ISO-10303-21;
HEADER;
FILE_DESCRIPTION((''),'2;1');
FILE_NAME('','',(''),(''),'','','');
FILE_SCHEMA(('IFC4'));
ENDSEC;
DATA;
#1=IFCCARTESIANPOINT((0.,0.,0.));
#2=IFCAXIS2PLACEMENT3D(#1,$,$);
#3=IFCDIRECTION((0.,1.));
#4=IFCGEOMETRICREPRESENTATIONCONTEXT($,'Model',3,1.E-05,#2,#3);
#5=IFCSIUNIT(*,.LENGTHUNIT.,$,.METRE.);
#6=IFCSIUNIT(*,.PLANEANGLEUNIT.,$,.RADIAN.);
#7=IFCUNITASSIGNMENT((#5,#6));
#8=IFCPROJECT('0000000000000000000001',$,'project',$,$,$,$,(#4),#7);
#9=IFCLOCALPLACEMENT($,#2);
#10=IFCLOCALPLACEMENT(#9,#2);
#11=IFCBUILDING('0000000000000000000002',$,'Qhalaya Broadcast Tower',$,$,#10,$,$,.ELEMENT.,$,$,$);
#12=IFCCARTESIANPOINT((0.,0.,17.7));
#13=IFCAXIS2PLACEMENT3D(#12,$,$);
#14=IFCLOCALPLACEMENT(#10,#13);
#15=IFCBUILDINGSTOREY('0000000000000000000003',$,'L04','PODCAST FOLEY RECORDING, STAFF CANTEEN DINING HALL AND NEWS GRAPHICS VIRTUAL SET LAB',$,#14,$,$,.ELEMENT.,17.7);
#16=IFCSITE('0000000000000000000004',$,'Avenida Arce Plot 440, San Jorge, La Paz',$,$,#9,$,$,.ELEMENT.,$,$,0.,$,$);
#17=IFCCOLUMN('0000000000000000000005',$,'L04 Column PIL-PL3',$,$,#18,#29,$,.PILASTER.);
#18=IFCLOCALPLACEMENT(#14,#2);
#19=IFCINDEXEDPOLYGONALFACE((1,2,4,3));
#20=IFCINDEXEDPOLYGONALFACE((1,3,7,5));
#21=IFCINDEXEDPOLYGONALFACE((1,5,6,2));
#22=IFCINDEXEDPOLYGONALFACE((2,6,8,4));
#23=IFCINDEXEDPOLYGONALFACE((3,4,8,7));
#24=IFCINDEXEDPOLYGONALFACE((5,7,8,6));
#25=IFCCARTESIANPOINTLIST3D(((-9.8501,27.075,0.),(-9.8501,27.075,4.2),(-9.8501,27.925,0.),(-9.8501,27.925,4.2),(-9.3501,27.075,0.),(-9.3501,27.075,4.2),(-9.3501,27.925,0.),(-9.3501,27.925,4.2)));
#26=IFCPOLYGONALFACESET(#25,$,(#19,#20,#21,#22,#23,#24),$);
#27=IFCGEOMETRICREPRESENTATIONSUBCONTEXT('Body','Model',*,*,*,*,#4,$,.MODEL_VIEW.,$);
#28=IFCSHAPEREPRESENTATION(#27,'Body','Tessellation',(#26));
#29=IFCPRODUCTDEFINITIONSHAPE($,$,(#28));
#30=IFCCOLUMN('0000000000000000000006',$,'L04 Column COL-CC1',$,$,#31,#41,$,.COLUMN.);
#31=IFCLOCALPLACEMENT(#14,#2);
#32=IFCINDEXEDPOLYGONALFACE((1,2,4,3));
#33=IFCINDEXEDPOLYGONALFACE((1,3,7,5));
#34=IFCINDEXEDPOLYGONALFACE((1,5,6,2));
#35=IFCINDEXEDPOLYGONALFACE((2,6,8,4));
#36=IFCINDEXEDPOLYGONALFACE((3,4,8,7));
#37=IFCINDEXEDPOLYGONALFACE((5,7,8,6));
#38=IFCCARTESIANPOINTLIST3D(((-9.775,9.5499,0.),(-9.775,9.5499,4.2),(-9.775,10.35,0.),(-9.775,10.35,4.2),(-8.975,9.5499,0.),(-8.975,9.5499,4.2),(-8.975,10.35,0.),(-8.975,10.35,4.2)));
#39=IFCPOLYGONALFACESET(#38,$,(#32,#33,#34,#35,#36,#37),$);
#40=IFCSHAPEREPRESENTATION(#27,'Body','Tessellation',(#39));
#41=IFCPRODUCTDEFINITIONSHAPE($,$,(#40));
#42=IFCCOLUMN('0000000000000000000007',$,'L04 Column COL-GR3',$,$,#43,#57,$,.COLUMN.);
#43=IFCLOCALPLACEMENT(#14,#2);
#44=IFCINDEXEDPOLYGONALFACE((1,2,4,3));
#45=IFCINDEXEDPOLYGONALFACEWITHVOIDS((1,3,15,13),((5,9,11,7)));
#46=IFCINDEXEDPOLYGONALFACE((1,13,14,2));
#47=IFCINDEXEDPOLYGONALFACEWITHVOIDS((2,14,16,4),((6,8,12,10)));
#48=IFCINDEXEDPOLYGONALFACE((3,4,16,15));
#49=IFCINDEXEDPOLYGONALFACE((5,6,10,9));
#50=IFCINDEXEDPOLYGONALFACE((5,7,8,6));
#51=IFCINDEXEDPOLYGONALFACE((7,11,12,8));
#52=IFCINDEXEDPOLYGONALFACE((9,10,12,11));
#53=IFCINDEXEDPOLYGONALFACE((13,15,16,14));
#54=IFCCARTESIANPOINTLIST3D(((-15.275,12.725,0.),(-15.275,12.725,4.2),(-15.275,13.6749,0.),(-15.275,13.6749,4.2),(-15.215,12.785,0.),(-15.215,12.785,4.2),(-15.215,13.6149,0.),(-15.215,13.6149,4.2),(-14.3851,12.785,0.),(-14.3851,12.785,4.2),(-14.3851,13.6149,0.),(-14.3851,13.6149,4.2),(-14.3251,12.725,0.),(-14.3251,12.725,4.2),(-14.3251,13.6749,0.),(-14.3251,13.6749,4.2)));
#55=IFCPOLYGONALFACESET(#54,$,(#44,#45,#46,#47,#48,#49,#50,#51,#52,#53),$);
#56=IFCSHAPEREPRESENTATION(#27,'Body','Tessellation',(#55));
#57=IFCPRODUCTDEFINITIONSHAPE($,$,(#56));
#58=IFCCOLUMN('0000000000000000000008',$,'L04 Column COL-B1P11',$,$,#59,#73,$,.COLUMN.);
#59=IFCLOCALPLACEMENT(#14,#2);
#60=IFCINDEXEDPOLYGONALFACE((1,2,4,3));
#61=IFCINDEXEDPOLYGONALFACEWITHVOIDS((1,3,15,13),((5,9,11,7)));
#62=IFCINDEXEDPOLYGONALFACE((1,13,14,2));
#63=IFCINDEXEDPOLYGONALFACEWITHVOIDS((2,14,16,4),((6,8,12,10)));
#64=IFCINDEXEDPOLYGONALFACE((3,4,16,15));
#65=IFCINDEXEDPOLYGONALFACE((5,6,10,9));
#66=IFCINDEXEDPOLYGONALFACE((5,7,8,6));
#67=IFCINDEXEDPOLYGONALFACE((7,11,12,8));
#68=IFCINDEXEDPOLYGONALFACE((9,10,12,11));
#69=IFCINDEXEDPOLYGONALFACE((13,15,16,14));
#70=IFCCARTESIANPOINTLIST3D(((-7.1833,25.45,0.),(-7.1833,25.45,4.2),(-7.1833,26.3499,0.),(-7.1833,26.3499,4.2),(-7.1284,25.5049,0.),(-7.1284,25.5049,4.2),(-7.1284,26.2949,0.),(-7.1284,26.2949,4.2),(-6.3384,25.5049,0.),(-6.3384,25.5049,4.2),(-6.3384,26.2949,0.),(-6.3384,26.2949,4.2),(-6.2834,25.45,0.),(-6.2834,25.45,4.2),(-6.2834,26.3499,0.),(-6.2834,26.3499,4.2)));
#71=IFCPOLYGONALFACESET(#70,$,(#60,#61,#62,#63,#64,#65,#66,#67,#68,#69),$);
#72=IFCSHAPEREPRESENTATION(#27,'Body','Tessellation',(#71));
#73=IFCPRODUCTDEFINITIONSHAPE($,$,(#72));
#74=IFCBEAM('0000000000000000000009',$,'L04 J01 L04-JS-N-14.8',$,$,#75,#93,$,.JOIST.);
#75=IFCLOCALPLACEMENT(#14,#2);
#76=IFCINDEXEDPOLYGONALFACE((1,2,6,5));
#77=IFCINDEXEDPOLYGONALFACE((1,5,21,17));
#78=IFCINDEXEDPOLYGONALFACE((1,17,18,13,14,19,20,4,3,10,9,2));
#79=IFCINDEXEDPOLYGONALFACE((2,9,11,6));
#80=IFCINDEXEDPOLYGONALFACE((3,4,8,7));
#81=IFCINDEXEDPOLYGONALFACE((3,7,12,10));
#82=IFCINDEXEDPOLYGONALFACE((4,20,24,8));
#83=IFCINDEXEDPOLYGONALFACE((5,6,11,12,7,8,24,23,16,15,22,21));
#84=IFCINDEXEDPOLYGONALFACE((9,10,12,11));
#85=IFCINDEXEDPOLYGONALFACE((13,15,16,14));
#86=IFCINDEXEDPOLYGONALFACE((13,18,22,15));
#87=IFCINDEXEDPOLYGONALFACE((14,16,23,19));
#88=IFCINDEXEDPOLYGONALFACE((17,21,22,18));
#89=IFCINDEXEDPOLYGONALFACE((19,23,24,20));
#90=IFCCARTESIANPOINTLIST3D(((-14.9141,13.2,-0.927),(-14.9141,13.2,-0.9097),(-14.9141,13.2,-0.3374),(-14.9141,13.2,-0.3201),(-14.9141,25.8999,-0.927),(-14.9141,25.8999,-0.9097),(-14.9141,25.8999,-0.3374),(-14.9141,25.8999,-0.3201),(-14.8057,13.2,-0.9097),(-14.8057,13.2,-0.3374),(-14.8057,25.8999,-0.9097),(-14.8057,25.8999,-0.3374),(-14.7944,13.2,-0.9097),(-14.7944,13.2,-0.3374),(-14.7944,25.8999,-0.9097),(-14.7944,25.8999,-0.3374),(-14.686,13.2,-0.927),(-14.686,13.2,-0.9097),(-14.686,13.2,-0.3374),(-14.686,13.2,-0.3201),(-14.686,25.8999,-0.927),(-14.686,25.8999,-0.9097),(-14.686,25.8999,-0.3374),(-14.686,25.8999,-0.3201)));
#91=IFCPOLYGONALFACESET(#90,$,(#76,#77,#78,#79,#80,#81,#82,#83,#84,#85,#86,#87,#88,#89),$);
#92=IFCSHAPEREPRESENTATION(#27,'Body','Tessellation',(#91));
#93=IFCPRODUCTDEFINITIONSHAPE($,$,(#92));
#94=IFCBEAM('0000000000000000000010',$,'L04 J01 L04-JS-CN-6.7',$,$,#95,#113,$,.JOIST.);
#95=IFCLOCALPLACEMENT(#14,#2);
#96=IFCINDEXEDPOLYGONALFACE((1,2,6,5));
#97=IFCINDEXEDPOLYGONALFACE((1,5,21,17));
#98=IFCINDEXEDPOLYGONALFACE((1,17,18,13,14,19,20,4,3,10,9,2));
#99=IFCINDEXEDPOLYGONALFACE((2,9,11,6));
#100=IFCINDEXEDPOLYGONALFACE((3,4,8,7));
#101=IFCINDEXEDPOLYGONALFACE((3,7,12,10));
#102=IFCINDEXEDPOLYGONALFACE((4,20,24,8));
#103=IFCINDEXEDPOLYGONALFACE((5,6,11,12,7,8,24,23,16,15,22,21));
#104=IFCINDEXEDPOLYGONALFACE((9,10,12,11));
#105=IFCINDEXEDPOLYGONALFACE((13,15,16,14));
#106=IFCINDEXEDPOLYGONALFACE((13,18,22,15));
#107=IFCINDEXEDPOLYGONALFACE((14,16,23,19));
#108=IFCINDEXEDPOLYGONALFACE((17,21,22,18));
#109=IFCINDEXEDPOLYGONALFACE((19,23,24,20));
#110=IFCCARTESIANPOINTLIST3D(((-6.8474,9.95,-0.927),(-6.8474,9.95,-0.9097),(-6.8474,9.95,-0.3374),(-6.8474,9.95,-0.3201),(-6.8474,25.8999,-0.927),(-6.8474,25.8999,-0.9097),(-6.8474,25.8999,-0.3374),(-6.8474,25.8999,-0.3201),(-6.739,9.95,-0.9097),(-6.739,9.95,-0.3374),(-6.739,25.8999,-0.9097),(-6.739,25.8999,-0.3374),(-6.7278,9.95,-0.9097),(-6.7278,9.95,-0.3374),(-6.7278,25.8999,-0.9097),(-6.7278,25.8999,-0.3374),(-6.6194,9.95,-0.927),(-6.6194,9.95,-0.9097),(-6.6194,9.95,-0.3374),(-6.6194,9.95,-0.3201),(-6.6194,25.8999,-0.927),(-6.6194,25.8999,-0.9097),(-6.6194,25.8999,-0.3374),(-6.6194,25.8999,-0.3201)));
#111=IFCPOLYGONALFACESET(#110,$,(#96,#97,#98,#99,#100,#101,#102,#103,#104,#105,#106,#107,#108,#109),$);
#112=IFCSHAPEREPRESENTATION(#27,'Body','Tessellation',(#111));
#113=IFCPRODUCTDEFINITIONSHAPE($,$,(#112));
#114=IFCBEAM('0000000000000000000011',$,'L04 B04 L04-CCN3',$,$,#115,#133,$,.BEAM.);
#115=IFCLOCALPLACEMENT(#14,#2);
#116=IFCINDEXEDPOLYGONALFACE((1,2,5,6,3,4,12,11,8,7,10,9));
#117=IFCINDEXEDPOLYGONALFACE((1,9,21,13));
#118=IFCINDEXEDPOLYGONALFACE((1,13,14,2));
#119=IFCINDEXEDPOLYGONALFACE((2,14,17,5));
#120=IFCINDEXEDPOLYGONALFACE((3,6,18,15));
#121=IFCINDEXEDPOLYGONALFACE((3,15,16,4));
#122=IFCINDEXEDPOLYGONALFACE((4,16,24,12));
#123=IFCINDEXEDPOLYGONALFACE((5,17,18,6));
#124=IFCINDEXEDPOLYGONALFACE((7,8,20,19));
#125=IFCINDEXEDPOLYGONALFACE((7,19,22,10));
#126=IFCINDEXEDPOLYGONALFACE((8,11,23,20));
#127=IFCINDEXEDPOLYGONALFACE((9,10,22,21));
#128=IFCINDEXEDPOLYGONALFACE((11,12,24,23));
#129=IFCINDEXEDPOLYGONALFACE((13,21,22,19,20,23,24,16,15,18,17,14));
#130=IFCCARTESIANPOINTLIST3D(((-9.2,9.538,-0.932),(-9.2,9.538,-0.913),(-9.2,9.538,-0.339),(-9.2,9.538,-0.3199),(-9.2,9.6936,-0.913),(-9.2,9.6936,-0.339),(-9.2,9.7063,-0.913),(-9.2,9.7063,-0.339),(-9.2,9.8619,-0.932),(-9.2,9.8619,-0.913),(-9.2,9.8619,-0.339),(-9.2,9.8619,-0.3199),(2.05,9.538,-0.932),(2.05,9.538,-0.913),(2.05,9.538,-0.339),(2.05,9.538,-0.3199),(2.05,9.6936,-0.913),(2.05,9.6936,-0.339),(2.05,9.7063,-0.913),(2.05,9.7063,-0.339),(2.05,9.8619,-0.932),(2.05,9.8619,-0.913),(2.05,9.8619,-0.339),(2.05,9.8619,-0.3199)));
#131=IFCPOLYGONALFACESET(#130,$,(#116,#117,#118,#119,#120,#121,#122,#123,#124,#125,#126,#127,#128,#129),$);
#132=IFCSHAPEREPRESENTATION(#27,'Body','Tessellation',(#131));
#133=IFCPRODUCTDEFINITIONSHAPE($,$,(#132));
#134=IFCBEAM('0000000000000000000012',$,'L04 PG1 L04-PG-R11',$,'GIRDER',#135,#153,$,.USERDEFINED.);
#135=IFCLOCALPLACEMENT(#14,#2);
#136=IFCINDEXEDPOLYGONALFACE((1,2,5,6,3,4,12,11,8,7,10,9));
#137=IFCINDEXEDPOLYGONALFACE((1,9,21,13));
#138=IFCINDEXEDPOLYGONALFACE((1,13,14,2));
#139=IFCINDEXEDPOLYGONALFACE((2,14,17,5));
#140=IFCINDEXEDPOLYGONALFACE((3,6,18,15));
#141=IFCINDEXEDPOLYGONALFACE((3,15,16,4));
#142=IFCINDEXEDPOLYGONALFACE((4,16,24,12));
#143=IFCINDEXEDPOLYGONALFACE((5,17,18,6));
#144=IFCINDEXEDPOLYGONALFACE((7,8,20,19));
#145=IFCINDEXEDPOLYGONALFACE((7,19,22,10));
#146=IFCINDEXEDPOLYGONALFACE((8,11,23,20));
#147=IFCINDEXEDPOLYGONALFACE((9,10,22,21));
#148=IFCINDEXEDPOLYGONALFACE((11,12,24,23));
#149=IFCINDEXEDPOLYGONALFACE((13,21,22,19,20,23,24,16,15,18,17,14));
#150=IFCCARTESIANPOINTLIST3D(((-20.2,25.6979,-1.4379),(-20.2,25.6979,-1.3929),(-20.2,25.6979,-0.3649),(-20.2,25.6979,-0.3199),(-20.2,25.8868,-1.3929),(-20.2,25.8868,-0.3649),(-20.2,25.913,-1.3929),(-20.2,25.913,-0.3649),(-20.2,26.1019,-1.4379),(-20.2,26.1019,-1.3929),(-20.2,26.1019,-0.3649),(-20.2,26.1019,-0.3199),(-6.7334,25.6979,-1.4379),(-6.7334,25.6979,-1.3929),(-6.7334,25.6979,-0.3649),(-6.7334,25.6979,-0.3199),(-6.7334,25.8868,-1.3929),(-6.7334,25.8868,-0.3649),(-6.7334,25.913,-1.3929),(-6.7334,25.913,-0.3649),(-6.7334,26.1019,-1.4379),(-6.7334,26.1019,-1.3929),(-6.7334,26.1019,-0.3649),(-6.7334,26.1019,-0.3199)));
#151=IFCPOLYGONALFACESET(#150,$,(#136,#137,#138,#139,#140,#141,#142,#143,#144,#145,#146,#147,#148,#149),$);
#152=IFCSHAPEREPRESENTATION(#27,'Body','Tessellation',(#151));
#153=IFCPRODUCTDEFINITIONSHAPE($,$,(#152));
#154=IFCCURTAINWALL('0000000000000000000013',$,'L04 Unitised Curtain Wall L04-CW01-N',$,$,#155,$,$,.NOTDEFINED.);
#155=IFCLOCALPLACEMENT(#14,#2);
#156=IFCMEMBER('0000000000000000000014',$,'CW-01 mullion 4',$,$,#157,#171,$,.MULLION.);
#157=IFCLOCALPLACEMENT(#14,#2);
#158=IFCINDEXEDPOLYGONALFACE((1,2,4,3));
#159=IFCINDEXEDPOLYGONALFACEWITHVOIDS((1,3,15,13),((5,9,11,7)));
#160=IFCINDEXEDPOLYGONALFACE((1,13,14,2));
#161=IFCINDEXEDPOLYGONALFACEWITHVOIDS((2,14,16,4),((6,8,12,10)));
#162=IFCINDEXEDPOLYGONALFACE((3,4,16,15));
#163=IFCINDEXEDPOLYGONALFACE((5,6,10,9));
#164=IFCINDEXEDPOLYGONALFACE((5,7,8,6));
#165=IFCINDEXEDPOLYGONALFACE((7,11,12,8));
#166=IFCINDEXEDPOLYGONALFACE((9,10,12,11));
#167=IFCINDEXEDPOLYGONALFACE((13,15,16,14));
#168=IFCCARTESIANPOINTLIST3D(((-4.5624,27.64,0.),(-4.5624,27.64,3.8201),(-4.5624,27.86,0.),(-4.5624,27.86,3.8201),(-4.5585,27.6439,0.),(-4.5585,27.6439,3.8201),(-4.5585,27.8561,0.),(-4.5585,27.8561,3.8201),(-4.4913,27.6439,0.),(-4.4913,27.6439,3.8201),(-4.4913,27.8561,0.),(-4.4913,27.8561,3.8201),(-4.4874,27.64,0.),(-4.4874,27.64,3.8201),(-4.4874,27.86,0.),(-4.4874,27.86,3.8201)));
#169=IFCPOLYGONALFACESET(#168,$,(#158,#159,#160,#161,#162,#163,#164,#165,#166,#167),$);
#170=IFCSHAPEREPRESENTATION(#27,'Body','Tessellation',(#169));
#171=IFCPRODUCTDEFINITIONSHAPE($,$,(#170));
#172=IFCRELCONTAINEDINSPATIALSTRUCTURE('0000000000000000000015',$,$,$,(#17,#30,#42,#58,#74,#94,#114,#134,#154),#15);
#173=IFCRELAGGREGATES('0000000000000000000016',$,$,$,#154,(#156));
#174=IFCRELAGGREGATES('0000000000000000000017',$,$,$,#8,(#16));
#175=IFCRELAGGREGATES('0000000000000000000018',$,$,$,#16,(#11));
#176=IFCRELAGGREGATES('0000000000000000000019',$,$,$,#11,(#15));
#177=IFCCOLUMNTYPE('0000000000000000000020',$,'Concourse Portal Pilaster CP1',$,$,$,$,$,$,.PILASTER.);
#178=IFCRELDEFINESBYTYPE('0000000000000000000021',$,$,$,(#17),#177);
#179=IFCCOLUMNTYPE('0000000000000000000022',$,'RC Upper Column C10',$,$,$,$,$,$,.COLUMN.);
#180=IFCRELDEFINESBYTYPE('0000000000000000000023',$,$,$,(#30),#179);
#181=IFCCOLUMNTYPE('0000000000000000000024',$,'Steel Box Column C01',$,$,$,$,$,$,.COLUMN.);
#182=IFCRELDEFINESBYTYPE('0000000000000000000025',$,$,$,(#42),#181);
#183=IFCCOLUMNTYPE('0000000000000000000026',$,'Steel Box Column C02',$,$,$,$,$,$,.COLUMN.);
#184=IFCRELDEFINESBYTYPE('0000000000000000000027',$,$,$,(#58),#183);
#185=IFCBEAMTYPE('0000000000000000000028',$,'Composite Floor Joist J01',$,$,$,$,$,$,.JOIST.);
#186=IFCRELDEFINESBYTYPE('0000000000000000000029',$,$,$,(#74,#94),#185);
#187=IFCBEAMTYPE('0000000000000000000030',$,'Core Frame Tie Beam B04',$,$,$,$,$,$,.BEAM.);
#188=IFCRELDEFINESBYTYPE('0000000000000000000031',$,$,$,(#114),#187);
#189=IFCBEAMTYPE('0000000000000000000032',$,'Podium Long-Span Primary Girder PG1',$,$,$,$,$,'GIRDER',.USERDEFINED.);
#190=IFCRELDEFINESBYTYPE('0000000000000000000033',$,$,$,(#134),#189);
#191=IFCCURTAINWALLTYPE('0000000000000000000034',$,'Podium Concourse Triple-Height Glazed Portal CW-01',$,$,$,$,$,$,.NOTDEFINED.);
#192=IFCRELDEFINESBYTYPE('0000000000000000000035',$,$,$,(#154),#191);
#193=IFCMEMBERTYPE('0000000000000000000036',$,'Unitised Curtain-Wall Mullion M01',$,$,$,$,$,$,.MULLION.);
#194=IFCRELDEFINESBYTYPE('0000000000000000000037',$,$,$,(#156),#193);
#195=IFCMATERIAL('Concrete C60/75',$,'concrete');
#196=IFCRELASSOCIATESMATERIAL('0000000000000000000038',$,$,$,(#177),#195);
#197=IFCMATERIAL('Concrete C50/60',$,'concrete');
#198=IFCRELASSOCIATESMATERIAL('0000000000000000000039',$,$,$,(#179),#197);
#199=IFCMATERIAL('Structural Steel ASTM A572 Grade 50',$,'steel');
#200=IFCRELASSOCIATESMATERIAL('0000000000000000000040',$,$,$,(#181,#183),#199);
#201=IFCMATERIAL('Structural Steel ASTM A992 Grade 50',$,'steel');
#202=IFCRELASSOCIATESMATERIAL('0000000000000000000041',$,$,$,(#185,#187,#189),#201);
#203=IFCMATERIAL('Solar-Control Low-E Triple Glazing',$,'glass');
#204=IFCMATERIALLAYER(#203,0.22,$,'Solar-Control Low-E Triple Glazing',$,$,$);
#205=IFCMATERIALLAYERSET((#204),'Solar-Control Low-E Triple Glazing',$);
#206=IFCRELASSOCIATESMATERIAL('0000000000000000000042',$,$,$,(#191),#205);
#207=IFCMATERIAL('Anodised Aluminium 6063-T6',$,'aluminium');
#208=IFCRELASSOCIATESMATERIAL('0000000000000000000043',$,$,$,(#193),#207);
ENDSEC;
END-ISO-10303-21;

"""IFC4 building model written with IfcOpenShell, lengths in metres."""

from ifc_helpers import new_model, si_unit, direction, frame, origin, origin_2d, place, context, subcontext, project, spatial, rectangle, hollow_rectangle, i_section, extrude, material, layer, layer_set, material_profile, profile_set, type_object, element, aggregate, save


model = new_model("IFC4")

# Units and contexts
model_context = context("Model", 3, precision=1e-05, world=origin(), true_north=direction((0.0, 1.0)))
body_context = subcontext(model_context, "Body", "Model", "MODEL_VIEW")
ifc_project = project(units=[si_unit("LENGTHUNIT", "METRE"), si_unit("PLANEANGLEUNIT", "RADIAN")], contexts=[model_context])

# Site, building, storey
site_placement = place(None, origin())
site = spatial("IfcSite", under=ifc_project, at=site_placement, Name="Avenida Arce Plot 440, San Jorge, La Paz", CompositionType="ELEMENT", RefElevation=0.0)
building_placement = place(site_placement, origin())
building = spatial("IfcBuilding", under=site, at=building_placement, Name="Qhalaya Broadcast Tower", CompositionType="ELEMENT")
storey_placement = place(building_placement, frame((0.0, 0.0, 17.7)))
storey = spatial("IfcBuildingStorey", under=building, at=storey_placement, Name="L04", Description="PODCAST FOLEY RECORDING, STAFF CANTEEN DINING HALL AND NEWS GRAPHICS VIRTUAL SET LAB", CompositionType="ELEMENT", Elevation=17.7)

# Columns
ifc_material_1 = material(Name="Concrete C60/75", Category="concrete")
ifc_material_profile_1 = material_profile(ifc_material_1, rectangle(XDim=0.5, YDim=0.8501, at=origin_2d()), Name="RC-PIL 500x850")
ifc_profile_set_1 = profile_set([ifc_material_profile_1], Name="Concrete C60/75")
column_type_1 = type_object("IfcColumnType", Name="Concourse Portal Pilaster CP1", PredefinedType="PILASTER", material=ifc_profile_set_1)
column_1_placement = place(storey_placement, frame((-9.6001, 27.5, 0.0), z_axis=(0.0, 0.0, 1.0), x_axis=(1.0, 0.0, 0.0)))
element("IfcColumn", 1, at=column_1_placement, inside=storey, type_object=column_type_1, Name="L04 Column PIL-PL3", PredefinedType="PILASTER", context=body_context, shape_type="SweptSolid", body=[
    extrude(rectangle(XDim=0.5, YDim=0.8501, at=origin_2d()), origin(), (0.0, 0.0, 1.0), 4.2),
])
ifc_material_2 = material(Name="Concrete C50/60", Category="concrete")
ifc_material_profile_2 = material_profile(ifc_material_2, rectangle(XDim=0.8, YDim=0.8, at=origin_2d()), Name="RC-COL 800x800")
ifc_profile_set_2 = profile_set([ifc_material_profile_2], Name="Concrete C50/60")
column_type_2 = type_object("IfcColumnType", Name="RC Upper Column C10", PredefinedType="COLUMN", material=ifc_profile_set_2)
column_2_placement = place(storey_placement, frame((-9.375, 9.95, 0.0), z_axis=(0.0, 0.0, 1.0), x_axis=(1.0, 0.0, 0.0)))
element("IfcColumn", 2, at=column_2_placement, inside=storey, type_object=column_type_2, Name="L04 Column COL-CC1", PredefinedType="COLUMN", context=body_context, shape_type="SweptSolid", body=[
    extrude(rectangle(XDim=0.8, YDim=0.8, at=origin_2d()), origin(), (0.0, 0.0, 1.0), 4.2),
])
ifc_material_3 = material(Name="Structural Steel ASTM A572 Grade 50", Category="steel")
ifc_material_profile_3 = material_profile(ifc_material_3, hollow_rectangle(XDim=0.95, YDim=0.95, WallThickness=0.0601, at=origin_2d()), Name="BOX 950x950x60")
ifc_profile_set_3 = profile_set([ifc_material_profile_3], Name="Structural Steel ASTM A572 Grade 50")
column_type_3 = type_object("IfcColumnType", Name="Steel Box Column C01", PredefinedType="COLUMN", material=ifc_profile_set_3)
column_3_placement = place(storey_placement, frame((-14.8, 13.2, 0.0), z_axis=(0.0, 0.0, 1.0), x_axis=(1.0, 0.0, 0.0)))
element("IfcColumn", 3, at=column_3_placement, inside=storey, type_object=column_type_3, Name="L04 Column COL-GR3", PredefinedType="COLUMN", context=body_context, shape_type="SweptSolid", body=[
    extrude(hollow_rectangle(XDim=0.95, YDim=0.95, WallThickness=0.0601, at=origin_2d()), origin(), (0.0, 0.0, 1.0), 4.2),
])
ifc_material_profile_4 = material_profile(ifc_material_3, hollow_rectangle(XDim=0.8999, YDim=0.8999, WallThickness=0.0549, at=origin_2d()), Name="BOX 900x900x55")
ifc_profile_set_4 = profile_set([ifc_material_profile_4], Name="Structural Steel ASTM A572 Grade 50")
column_type_4 = type_object("IfcColumnType", Name="Steel Box Column C02", PredefinedType="COLUMN", material=ifc_profile_set_4)
column_4_placement = place(storey_placement, frame((-6.7334, 25.8999, 0.0), z_axis=(0.0, 0.0, 1.0), x_axis=(1.0, 0.0, 0.0)))
element("IfcColumn", 4, at=column_4_placement, inside=storey, type_object=column_type_4, Name="L04 Column COL-B1P11", PredefinedType="COLUMN", context=body_context, shape_type="SweptSolid", body=[
    extrude(hollow_rectangle(XDim=0.8999, YDim=0.8999, WallThickness=0.0549, at=origin_2d()), origin(), (0.0, 0.0, 1.0), 4.2),
])

# Beams
ifc_material_4 = material(Name="Structural Steel ASTM A992 Grade 50", Category="steel")
ifc_material_profile_5 = material_profile(ifc_material_4, i_section(OverallWidth=0.228, OverallDepth=0.6069, WebThickness=0.0112, FlangeThickness=0.0173, at=origin_2d()), Name="W24X76")
ifc_profile_set_5 = profile_set([ifc_material_profile_5], Name="Structural Steel ASTM A992 Grade 50")
beam_type_1 = type_object("IfcBeamType", Name="Composite Floor Joist J01", PredefinedType="JOIST", material=ifc_profile_set_5)
beam_1_placement = place(storey_placement, frame((-14.8, 13.2, -0.6235), z_axis=(0.0, 1.0, 0.0), x_axis=(-1.0, 0.0, 0.0)))
element("IfcBeam", 5, at=beam_1_placement, inside=storey, type_object=beam_type_1, Name="L04 J01 L04-JS-N-14.8", PredefinedType="JOIST", context=body_context, shape_type="SweptSolid", body=[
    extrude(i_section(OverallWidth=0.228, OverallDepth=0.6069, WebThickness=0.0112, FlangeThickness=0.0173, at=origin_2d()), origin(), (0.0, 0.0, 1.0), 12.7),
])
beam_2_placement = place(storey_placement, frame((-6.7334, 9.95, -0.6235), z_axis=(0.0, 1.0, 0.0), x_axis=(-1.0, 0.0, 0.0)))
element("IfcBeam", 6, at=beam_2_placement, inside=storey, type_object=beam_type_1, Name="L04 J01 L04-JS-CN-6.7", PredefinedType="JOIST", context=body_context, shape_type="SweptSolid", body=[
    extrude(i_section(OverallWidth=0.228, OverallDepth=0.6069, WebThickness=0.0112, FlangeThickness=0.0173, at=origin_2d()), origin(), (0.0, 0.0, 1.0), 15.95),
])
ifc_material_profile_6 = material_profile(ifc_material_4, i_section(OverallWidth=0.324, OverallDepth=0.6121, WebThickness=0.0127, FlangeThickness=0.019, at=origin_2d()), Name="W24X104")
ifc_profile_set_6 = profile_set([ifc_material_profile_6], Name="Structural Steel ASTM A992 Grade 50")
beam_type_2 = type_object("IfcBeamType", Name="Core Frame Tie Beam B04", PredefinedType="BEAM", material=ifc_profile_set_6)
beam_3_placement = place(storey_placement, frame((-9.2, 9.7, -0.626), z_axis=(1.0, 0.0, 0.0), x_axis=(0.0, 1.0, 0.0)))
element("IfcBeam", 7, at=beam_3_placement, inside=storey, type_object=beam_type_2, Name="L04 B04 L04-CCN3", PredefinedType="BEAM", context=body_context, shape_type="SweptSolid", body=[
    extrude(i_section(OverallWidth=0.324, OverallDepth=0.6121, WebThickness=0.0127, FlangeThickness=0.019, at=origin_2d()), origin(), (0.0, 0.0, 1.0), 11.25),
])
ifc_material_profile_7 = material_profile(ifc_material_4, i_section(OverallWidth=0.4041, OverallDepth=1.1179, WebThickness=0.0261, FlangeThickness=0.0449, at=origin_2d()), Name="W44X335")
ifc_profile_set_7 = profile_set([ifc_material_profile_7], Name="Structural Steel ASTM A992 Grade 50")
beam_type_3 = type_object("IfcBeamType", Name="Podium Long-Span Primary Girder PG1", ElementType="GIRDER", PredefinedType="USERDEFINED", material=ifc_profile_set_7)
beam_4_placement = place(storey_placement, frame((-6.7334, 25.8999, -0.8789), z_axis=(-1.0, 0.0, 0.0), x_axis=(0.0, -1.0, 0.0)))
element("IfcBeam", 8, at=beam_4_placement, inside=storey, type_object=beam_type_3, Name="L04 PG1 L04-PG-R11", ObjectType="GIRDER", PredefinedType="USERDEFINED", context=body_context, shape_type="SweptSolid", body=[
    extrude(i_section(OverallWidth=0.4041, OverallDepth=1.1179, WebThickness=0.0261, FlangeThickness=0.0449, at=origin_2d()), origin(), (0.0, 0.0, 1.0), 13.4666),
])

# Curtain wall, member
ifc_material_5 = material(Name="Solar-Control Low-E Triple Glazing", Category="glass")
ifc_layer_1 = layer(ifc_material_5, 0.22, Name="Solar-Control Low-E Triple Glazing")
ifc_layer_set_1 = layer_set([ifc_layer_1], Name="Solar-Control Low-E Triple Glazing")
curtain_wall_type = type_object("IfcCurtainWallType", Name="Podium Concourse Triple-Height Glazed Portal CW-01", PredefinedType="NOTDEFINED", material=ifc_layer_set_1)
curtain_wall_placement = place(storey_placement, origin())
curtain_wall = element("IfcCurtainWall", 9, at=curtain_wall_placement, inside=storey, type_object=curtain_wall_type, Name="L04 Unitised Curtain Wall L04-CW01-N", PredefinedType="NOTDEFINED")
ifc_material_6 = material(Name="Anodised Aluminium 6063-T6", Category="aluminium")
ifc_material_profile_8 = material_profile(ifc_material_6, hollow_rectangle(XDim=0.075, YDim=0.22, WallThickness=0.0039, at=origin_2d()), Name="ALU-MUL 75x220x4")
ifc_profile_set_8 = profile_set([ifc_material_profile_8], Name="Anodised Aluminium 6063-T6")
member_type_1 = type_object("IfcMemberType", Name="Unitised Curtain-Wall Mullion M01", PredefinedType="MULLION", material=ifc_profile_set_8)
member_1_placement = place(storey_placement, frame((-4.5249, 27.75, 0.0), z_axis=(0.0, 0.0, 1.0), x_axis=(-1.0, 0.0, 0.0)))
member_1 = element("IfcMember", 10, at=member_1_placement, type_object=member_type_1, Name="CW-01 mullion 4", PredefinedType="MULLION", context=body_context, shape_type="SweptSolid", body=[
    extrude(hollow_rectangle(XDim=0.075, YDim=0.22, WallThickness=0.0039, at=origin_2d()), origin(), (0.0, 0.0, 1.0), 3.8201),
])
aggregate(curtain_wall, [member_1])

save(model, "model.ifc")
